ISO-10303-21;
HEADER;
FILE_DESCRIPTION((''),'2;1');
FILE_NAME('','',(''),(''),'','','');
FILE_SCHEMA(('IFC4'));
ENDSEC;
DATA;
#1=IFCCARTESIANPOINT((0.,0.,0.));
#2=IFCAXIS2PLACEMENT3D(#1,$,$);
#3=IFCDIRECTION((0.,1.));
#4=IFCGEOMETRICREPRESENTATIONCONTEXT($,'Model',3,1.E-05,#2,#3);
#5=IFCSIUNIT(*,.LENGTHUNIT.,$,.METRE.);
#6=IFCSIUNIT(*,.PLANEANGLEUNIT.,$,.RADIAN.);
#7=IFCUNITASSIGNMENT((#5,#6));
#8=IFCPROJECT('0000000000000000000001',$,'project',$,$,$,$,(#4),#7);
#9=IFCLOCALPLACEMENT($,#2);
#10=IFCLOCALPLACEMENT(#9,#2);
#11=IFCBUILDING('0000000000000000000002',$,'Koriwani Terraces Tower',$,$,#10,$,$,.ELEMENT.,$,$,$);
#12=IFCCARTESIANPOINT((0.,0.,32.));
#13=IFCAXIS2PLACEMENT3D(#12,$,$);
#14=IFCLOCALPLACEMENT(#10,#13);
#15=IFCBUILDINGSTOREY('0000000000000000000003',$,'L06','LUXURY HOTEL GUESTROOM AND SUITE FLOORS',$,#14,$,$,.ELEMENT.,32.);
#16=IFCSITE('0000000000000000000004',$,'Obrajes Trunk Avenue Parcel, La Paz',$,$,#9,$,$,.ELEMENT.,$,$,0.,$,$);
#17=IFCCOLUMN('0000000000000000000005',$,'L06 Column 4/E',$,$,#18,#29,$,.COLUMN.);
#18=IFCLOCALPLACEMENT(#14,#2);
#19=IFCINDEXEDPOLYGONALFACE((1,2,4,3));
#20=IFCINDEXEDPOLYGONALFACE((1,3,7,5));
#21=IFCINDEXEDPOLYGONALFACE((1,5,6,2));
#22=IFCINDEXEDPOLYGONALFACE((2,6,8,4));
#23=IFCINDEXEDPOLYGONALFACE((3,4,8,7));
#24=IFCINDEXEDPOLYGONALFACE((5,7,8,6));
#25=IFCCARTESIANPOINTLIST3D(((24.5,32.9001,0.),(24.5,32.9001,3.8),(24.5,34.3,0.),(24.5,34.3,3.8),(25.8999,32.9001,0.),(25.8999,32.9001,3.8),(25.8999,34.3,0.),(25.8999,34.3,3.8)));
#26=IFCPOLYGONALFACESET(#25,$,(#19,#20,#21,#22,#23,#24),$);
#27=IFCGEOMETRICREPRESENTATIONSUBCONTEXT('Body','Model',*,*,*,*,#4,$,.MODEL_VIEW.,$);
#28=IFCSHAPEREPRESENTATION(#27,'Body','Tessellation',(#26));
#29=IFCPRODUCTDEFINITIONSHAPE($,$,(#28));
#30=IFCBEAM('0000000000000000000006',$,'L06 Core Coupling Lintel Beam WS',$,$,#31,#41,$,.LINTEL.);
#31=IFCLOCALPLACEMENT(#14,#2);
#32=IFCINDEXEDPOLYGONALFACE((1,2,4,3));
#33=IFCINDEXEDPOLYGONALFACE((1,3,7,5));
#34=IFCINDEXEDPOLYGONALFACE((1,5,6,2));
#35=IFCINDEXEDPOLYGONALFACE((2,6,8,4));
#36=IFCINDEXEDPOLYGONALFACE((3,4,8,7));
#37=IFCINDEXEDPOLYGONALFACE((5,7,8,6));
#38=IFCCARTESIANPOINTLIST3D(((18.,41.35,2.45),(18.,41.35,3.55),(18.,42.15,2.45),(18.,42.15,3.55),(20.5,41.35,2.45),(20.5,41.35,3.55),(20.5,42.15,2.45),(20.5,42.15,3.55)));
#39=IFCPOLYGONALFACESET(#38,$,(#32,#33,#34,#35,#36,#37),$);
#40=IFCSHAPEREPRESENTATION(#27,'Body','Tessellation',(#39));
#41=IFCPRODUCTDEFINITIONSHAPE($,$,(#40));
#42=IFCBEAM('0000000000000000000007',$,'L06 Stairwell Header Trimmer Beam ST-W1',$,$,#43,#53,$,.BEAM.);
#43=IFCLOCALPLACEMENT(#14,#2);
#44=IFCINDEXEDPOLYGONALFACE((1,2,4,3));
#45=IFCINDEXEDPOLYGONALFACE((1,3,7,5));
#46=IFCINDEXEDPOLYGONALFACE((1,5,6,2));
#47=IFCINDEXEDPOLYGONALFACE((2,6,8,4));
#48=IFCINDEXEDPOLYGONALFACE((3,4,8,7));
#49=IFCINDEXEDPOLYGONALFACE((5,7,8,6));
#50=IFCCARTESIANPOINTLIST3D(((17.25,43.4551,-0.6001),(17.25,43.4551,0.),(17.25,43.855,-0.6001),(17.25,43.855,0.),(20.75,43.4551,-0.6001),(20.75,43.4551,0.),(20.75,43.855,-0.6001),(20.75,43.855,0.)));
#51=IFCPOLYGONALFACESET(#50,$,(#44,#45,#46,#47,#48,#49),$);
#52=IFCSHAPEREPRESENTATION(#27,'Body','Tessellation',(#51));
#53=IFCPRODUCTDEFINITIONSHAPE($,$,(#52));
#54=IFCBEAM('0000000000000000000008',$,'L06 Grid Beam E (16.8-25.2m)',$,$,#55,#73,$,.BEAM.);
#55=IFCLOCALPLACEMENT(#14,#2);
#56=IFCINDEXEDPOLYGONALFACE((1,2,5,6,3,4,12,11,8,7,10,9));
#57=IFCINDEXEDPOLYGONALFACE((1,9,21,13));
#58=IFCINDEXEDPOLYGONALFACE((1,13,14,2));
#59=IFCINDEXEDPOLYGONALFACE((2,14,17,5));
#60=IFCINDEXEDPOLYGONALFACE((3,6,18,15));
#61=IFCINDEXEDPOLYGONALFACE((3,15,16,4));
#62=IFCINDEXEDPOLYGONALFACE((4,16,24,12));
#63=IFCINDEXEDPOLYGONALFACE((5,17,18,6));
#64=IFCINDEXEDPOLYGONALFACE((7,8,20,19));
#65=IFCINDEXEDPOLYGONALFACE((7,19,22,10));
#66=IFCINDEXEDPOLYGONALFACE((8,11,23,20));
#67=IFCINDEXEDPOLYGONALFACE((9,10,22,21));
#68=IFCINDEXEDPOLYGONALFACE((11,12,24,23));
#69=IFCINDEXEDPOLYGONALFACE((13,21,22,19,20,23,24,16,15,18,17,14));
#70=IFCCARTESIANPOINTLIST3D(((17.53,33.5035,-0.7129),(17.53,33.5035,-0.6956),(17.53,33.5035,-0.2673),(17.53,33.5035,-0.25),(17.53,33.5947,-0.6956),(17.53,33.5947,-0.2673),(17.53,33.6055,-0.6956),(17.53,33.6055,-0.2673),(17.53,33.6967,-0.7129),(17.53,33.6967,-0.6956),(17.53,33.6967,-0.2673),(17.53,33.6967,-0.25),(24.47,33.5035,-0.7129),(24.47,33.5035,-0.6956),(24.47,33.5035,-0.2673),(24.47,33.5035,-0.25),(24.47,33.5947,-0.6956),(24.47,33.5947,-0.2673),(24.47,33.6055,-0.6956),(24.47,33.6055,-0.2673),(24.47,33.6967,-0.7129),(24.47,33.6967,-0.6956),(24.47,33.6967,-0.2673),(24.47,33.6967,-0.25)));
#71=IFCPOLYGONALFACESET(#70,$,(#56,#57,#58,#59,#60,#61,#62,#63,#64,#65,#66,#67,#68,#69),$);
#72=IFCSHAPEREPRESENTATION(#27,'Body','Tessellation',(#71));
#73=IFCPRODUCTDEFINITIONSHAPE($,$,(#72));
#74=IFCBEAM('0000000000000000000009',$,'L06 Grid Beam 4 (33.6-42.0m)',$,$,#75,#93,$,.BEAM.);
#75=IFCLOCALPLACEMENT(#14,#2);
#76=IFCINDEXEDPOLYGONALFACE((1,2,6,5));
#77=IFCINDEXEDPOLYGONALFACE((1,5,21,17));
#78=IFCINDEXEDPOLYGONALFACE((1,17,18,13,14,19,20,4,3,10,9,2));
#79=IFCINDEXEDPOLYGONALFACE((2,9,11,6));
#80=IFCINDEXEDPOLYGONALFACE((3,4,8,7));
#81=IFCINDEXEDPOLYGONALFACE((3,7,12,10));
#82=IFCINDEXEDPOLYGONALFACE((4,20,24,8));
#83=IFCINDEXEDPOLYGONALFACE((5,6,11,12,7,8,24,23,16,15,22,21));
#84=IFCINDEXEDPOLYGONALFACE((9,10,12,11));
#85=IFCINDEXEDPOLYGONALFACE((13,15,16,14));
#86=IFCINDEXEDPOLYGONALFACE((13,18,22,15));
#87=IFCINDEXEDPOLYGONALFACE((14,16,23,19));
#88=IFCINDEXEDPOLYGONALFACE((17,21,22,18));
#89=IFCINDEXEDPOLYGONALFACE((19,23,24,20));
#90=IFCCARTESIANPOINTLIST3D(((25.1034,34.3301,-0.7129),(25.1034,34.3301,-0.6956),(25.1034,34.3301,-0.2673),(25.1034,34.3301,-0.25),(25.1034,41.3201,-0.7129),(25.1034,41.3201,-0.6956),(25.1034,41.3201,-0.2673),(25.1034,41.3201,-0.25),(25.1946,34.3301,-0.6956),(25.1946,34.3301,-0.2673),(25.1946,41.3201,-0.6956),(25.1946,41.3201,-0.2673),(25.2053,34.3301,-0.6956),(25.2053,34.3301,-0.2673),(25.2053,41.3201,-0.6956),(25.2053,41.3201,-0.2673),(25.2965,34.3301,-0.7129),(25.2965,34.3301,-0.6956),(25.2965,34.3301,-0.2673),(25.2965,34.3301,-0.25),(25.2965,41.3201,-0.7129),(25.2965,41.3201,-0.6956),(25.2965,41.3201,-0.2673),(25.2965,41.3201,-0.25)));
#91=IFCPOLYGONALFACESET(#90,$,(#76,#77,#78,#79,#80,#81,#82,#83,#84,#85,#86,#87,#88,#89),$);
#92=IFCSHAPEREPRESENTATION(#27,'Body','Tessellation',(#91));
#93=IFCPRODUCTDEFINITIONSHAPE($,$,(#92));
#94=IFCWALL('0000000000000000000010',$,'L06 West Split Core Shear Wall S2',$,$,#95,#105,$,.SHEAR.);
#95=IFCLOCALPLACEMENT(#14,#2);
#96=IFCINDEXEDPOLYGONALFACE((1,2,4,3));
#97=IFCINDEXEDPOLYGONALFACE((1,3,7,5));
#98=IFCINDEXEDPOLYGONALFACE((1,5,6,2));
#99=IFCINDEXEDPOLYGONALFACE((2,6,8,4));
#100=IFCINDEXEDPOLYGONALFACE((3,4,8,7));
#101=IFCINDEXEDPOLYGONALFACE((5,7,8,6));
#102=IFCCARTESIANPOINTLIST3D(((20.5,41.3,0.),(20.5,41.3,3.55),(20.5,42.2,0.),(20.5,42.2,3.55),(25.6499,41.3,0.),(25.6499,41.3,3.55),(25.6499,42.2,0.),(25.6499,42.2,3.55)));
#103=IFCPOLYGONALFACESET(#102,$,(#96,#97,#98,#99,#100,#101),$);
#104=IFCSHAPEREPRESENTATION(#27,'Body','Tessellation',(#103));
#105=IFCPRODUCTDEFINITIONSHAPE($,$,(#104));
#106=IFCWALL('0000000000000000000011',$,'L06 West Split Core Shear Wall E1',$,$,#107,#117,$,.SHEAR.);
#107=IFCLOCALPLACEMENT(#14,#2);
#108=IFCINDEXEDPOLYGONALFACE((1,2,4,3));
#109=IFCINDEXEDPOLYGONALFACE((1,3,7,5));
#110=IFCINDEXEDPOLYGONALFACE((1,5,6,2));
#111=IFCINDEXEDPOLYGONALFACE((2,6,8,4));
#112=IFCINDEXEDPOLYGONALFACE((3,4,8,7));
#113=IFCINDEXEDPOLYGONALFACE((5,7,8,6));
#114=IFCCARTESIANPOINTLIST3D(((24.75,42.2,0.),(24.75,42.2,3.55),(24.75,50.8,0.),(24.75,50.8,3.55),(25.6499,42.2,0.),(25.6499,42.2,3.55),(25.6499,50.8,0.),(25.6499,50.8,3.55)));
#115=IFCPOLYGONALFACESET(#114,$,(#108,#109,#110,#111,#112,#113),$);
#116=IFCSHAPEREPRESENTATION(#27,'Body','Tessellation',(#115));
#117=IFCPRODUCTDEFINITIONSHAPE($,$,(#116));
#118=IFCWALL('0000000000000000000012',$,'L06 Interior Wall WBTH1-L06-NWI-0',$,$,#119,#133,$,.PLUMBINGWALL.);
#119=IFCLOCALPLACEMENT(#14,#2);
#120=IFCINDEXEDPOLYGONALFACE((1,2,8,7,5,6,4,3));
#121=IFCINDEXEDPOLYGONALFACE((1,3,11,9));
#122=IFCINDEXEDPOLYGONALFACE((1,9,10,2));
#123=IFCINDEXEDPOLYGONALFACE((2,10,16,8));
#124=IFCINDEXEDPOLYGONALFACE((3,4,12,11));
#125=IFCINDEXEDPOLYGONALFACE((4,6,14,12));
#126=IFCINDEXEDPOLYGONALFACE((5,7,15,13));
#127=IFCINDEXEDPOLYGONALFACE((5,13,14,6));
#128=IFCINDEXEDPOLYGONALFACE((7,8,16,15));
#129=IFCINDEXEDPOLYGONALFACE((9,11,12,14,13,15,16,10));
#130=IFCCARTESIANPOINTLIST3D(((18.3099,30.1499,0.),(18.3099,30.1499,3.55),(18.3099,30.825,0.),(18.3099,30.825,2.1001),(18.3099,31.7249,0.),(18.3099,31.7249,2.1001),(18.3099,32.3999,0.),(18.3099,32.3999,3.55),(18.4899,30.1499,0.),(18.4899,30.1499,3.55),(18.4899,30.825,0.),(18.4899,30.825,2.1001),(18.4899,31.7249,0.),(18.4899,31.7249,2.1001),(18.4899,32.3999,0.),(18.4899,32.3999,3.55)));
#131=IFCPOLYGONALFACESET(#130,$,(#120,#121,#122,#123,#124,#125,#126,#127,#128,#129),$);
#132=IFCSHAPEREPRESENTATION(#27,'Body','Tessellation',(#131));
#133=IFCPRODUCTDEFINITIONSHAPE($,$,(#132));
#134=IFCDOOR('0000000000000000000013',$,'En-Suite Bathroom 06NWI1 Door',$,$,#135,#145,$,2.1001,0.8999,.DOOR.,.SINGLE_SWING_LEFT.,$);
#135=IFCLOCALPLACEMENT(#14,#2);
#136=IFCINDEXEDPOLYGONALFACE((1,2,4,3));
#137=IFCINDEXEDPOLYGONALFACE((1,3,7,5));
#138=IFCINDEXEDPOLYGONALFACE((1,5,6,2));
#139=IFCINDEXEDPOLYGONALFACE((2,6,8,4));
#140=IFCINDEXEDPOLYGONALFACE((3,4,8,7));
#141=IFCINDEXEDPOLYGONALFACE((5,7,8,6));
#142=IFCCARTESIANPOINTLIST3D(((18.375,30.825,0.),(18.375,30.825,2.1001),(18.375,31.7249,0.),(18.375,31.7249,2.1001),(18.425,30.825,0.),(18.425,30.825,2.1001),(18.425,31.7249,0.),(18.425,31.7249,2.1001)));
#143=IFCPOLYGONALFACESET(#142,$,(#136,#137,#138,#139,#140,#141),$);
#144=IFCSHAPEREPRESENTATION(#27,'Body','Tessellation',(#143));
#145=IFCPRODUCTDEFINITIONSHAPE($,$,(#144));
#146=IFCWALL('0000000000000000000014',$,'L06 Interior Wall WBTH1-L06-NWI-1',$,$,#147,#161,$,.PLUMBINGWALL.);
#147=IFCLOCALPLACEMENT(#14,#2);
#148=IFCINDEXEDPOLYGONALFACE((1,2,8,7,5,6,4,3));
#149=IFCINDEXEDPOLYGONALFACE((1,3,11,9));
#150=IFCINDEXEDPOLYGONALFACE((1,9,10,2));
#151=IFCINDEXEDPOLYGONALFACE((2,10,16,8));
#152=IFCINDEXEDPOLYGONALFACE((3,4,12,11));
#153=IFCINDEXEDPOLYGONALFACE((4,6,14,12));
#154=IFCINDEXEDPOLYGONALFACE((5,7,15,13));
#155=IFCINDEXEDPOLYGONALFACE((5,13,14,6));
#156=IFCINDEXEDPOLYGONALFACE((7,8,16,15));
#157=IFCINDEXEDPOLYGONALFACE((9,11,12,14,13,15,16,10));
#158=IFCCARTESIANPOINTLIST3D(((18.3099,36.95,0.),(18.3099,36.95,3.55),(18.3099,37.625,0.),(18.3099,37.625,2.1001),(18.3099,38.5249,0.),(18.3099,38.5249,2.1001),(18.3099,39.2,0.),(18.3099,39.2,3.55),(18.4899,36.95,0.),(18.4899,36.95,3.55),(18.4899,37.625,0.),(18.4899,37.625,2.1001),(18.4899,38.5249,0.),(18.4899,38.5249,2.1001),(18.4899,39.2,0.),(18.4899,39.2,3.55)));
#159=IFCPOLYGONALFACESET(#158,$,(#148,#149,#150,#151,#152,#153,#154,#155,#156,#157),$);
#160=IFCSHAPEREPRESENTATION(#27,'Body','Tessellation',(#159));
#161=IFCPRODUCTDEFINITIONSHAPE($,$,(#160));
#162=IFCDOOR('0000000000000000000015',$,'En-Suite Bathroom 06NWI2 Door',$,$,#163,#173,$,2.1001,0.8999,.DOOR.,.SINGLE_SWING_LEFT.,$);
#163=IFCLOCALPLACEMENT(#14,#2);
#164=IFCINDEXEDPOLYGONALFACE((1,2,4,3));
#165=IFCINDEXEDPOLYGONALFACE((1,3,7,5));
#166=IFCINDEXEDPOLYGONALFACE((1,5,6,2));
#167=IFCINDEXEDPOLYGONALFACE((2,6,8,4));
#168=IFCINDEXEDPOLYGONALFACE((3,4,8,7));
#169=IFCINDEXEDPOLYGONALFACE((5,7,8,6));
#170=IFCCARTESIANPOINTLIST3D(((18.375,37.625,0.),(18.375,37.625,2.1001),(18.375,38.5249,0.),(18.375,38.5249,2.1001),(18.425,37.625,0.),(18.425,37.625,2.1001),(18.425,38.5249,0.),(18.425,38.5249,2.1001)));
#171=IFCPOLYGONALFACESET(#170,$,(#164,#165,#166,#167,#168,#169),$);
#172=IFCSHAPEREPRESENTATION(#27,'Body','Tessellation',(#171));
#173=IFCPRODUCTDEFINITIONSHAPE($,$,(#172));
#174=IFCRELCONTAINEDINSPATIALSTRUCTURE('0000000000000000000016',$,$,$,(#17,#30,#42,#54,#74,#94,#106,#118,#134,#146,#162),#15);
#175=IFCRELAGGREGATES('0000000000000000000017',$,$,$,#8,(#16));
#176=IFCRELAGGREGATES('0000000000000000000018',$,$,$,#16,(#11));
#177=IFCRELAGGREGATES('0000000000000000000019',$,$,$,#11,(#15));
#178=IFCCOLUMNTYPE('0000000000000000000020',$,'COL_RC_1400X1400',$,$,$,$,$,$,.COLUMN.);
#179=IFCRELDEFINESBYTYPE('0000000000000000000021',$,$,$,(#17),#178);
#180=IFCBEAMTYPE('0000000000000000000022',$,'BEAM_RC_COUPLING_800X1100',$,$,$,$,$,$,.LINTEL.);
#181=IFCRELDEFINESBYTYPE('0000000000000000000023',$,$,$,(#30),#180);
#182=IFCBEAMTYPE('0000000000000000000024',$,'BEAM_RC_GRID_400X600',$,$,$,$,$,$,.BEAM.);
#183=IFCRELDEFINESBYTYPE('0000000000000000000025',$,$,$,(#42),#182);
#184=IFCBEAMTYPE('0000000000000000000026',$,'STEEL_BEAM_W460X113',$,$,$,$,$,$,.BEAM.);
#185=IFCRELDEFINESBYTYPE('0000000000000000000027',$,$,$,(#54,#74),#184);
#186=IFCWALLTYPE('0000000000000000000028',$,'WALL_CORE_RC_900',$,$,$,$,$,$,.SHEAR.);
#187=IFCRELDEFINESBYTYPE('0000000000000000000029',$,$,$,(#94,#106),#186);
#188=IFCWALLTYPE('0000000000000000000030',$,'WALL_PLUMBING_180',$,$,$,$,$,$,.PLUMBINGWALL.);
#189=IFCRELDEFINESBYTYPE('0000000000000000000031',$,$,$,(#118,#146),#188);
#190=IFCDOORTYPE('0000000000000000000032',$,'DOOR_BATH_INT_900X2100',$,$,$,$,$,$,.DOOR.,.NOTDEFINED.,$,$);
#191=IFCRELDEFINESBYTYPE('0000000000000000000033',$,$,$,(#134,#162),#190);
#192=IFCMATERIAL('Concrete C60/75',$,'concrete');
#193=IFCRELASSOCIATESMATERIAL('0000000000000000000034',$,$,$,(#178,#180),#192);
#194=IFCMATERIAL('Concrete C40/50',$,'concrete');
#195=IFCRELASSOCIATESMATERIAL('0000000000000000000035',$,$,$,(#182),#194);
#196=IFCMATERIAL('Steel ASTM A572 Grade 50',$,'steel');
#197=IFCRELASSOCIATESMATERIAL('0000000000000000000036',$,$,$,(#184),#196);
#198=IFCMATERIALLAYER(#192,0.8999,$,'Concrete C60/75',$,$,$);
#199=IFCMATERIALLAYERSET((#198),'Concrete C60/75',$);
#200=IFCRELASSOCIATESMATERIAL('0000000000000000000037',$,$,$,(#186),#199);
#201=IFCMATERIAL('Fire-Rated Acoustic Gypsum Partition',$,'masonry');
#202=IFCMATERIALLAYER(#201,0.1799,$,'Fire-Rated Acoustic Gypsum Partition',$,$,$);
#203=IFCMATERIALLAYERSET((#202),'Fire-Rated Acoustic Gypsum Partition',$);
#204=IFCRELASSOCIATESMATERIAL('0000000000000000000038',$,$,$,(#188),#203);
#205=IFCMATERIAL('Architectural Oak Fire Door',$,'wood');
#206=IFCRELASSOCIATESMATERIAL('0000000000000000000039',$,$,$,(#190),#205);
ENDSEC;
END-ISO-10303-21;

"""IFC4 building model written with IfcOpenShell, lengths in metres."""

from ifc_helpers import new_model, si_unit, direction, frame, frame_2d, origin, origin_2d, place, context, subcontext, project, spatial, rectangle, i_section, extrude, material, layer, layer_set, material_profile, profile_set, type_object, element, fill, save


model = new_model("IFC4")

# Units and contexts
model_context = context("Model", 3, precision=1e-05, world=origin(), true_north=direction((0.0, 1.0)))
body_context = subcontext(model_context, "Body", "Model", "MODEL_VIEW")
ifc_project = project(units=[si_unit("LENGTHUNIT", "METRE"), si_unit("PLANEANGLEUNIT", "RADIAN")], contexts=[model_context])

# Site, building, storey
site_placement = place(None, origin())
site = spatial("IfcSite", under=ifc_project, at=site_placement, Name="Obrajes Trunk Avenue Parcel, La Paz", CompositionType="ELEMENT", RefElevation=0.0)
building_placement = place(site_placement, origin())
building = spatial("IfcBuilding", under=site, at=building_placement, Name="Koriwani Terraces Tower", CompositionType="ELEMENT")
storey_placement = place(building_placement, frame((0.0, 0.0, 32.0)))
storey = spatial("IfcBuildingStorey", under=building, at=storey_placement, Name="L06", Description="LUXURY HOTEL GUESTROOM AND SUITE FLOORS", CompositionType="ELEMENT", Elevation=32.0)

# Column
ifc_material_1 = material(Name="Concrete C60/75", Category="concrete")
ifc_material_profile_1 = material_profile(ifc_material_1, rectangle(XDim=1.3999, YDim=1.3999, at=origin_2d()), Name="Concrete C60/75", Category="LoadBearing")
ifc_profile_set_1 = profile_set([ifc_material_profile_1], Name="Concrete C60/75")
column_type = type_object("IfcColumnType", Name="COL_RC_1400X1400", PredefinedType="COLUMN", material=ifc_profile_set_1)
column_placement = place(storey_placement, frame((25.2, 33.6001, 0.0), z_axis=(0.0, 0.0, 1.0), x_axis=(1.0, 0.0, 0.0)))
element("IfcColumn", 1, at=column_placement, inside=storey, type_object=column_type, Name="L06 Column 4/E", PredefinedType="COLUMN", context=body_context, shape_type="SweptSolid", body=[
    extrude(rectangle(XDim=1.3999, YDim=1.3999, at=origin_2d()), origin(), (0.0, 0.0, 1.0), 3.8),
])

# Beams
ifc_material_profile_2 = material_profile(ifc_material_1, rectangle(XDim=0.8, YDim=1.1001, at=origin_2d()), Name="Concrete C60/75", Category="LoadBearing")
ifc_profile_set_2 = profile_set([ifc_material_profile_2], Name="Concrete C60/75")
beam_type_1 = type_object("IfcBeamType", Name="BEAM_RC_COUPLING_800X1100", PredefinedType="LINTEL", material=ifc_profile_set_2)
beam_1_placement = place(storey_placement, frame((18.0, 41.75, 3.0), z_axis=(1.0, 0.0, 0.0), x_axis=(0.0, 1.0, 0.0)))
element("IfcBeam", 2, at=beam_1_placement, inside=storey, type_object=beam_type_1, Name="L06 Core Coupling Lintel Beam WS", PredefinedType="LINTEL", context=body_context, shape_type="SweptSolid", body=[
    extrude(rectangle(XDim=0.8, YDim=1.1001, at=origin_2d()), origin(), (0.0, 0.0, 1.0), 2.5),
])
ifc_material_2 = material(Name="Concrete C40/50", Category="concrete")
ifc_material_profile_3 = material_profile(ifc_material_2, rectangle(XDim=0.3999, YDim=0.6001, at=origin_2d()), Name="Concrete C40/50", Category="LoadBearing")
ifc_profile_set_3 = profile_set([ifc_material_profile_3], Name="Concrete C40/50")
beam_type_2 = type_object("IfcBeamType", Name="BEAM_RC_GRID_400X600", PredefinedType="BEAM", material=ifc_profile_set_3)
beam_2_placement = place(storey_placement, frame((17.25, 43.655, -0.3), z_axis=(1.0, 0.0, 0.0), x_axis=(0.0, 1.0, 0.0)))
element("IfcBeam", 3, at=beam_2_placement, inside=storey, type_object=beam_type_2, Name="L06 Stairwell Header Trimmer Beam ST-W1", PredefinedType="BEAM", context=body_context, shape_type="SweptSolid", body=[
    extrude(rectangle(XDim=0.3999, YDim=0.6001, at=origin_2d()), origin(), (0.0, 0.0, 1.0), 3.5),
])
ifc_material_3 = material(Name="Steel ASTM A572 Grade 50", Category="steel")
ifc_material_profile_4 = material_profile(ifc_material_3, i_section(OverallWidth=0.1931, OverallDepth=0.4629, WebThickness=0.0107, FlangeThickness=0.0173, at=origin_2d()), Name="Steel ASTM A572 Grade 50", Category="LoadBearing")
ifc_profile_set_4 = profile_set([ifc_material_profile_4], Name="Steel ASTM A572 Grade 50")
beam_type_3 = type_object("IfcBeamType", Name="STEEL_BEAM_W460X113", PredefinedType="BEAM", material=ifc_profile_set_4)
beam_3_placement = place(storey_placement, frame((17.53, 33.6001, -0.4814), z_axis=(1.0, 0.0, 0.0), x_axis=(0.0, 1.0, 0.0)))
element("IfcBeam", 4, at=beam_3_placement, inside=storey, type_object=beam_type_3, Name="L06 Grid Beam E (16.8-25.2m)", PredefinedType="BEAM", context=body_context, shape_type="SweptSolid", body=[
    extrude(i_section(OverallWidth=0.1931, OverallDepth=0.4629, WebThickness=0.0107, FlangeThickness=0.0173, at=origin_2d()), origin(), (0.0, 0.0, 1.0), 6.9399),
])
beam_4_placement = place(storey_placement, frame((25.2, 34.3301, -0.4814), z_axis=(0.0, 1.0, 0.0), x_axis=(-1.0, 0.0, 0.0)))
element("IfcBeam", 5, at=beam_4_placement, inside=storey, type_object=beam_type_3, Name="L06 Grid Beam 4 (33.6-42.0m)", PredefinedType="BEAM", context=body_context, shape_type="SweptSolid", body=[
    extrude(i_section(OverallWidth=0.1931, OverallDepth=0.4629, WebThickness=0.0107, FlangeThickness=0.0173, at=origin_2d()), origin(), (0.0, 0.0, 1.0), 6.99),
])

# Walls
ifc_layer_1 = layer(ifc_material_1, 0.8999, Name="Concrete C60/75")
ifc_layer_set_1 = layer_set([ifc_layer_1], Name="Concrete C60/75")
wall_type_1 = type_object("IfcWallType", Name="WALL_CORE_RC_900", PredefinedType="SHEAR", material=ifc_layer_set_1)
wall_1_placement = place(storey_placement, frame((20.5, 41.75, 0.0), z_axis=(0.0, 0.0, 1.0), x_axis=(1.0, 0.0, 0.0)))
element("IfcWall", 6, at=wall_1_placement, inside=storey, type_object=wall_type_1, Name="L06 West Split Core Shear Wall S2", PredefinedType="SHEAR", context=body_context, shape_type="SweptSolid", body=[
    extrude(rectangle(XDim=5.1499, YDim=0.8999, at=frame_2d((2.575, 0.0))), origin(), (0.0, 0.0, 1.0), 3.55),
])
wall_2_placement = place(storey_placement, frame((25.2, 42.2, 0.0), z_axis=(0.0, 0.0, 1.0), x_axis=(0.0, 1.0, 0.0)))
element("IfcWall", 7, at=wall_2_placement, inside=storey, type_object=wall_type_1, Name="L06 West Split Core Shear Wall E1", PredefinedType="SHEAR", context=body_context, shape_type="SweptSolid", body=[
    extrude(rectangle(XDim=8.6001, YDim=0.8999, at=frame_2d((4.3, 0.0))), origin(), (0.0, 0.0, 1.0), 3.55),
])

# Walls, openings, doors
ifc_material_4 = material(Name="Fire-Rated Acoustic Gypsum Partition", Category="masonry")
ifc_layer_2 = layer(ifc_material_4, 0.1799, Name="Fire-Rated Acoustic Gypsum Partition")
ifc_layer_set_2 = layer_set([ifc_layer_2], Name="Fire-Rated Acoustic Gypsum Partition")
wall_type_2 = type_object("IfcWallType", Name="WALL_PLUMBING_180", PredefinedType="PLUMBINGWALL", material=ifc_layer_set_2)
wall_3_placement = place(storey_placement, frame((18.3999, 30.1499, 0.0), z_axis=(0.0, 0.0, 1.0), x_axis=(0.0, 1.0, 0.0)))
wall_3 = element("IfcWall", 8, at=wall_3_placement, inside=storey, type_object=wall_type_2, Name="L06 Interior Wall WBTH1-L06-NWI-0", PredefinedType="PLUMBINGWALL", context=body_context, shape_type="SweptSolid", body=[
    extrude(rectangle(XDim=2.25, YDim=0.1799, at=frame_2d((1.125, 0.0))), origin(), (0.0, 0.0, 1.0), 3.55),
])
opening_1_placement = place(wall_3_placement, frame((0.675, 0.0, 0.0)))
opening_1 = element("IfcOpeningElement", 9, at=opening_1_placement, cuts=wall_3, PredefinedType="OPENING", context=body_context, shape_type="SweptSolid", body=[
    extrude(rectangle(XDim=0.8999, YDim=2.1001, at=frame_2d((0.45, 1.05))), frame((0.0, 0.1001, 0.0), z_axis=(0.0, -1.0, 0.0), x_axis=(1.0, 0.0, 0.0)), (0.0, 0.0, 1.0), 0.2),
])
ifc_material_5 = material(Name="Architectural Oak Fire Door", Category="wood")
door_type_1 = type_object("IfcDoorType", Name="DOOR_BATH_INT_900X2100", OperationType="NOTDEFINED", PredefinedType="DOOR", material=ifc_material_5)
door_1_placement = place(opening_1_placement, origin())
door_1 = element("IfcDoor", 10, at=door_1_placement, inside=storey, type_object=door_type_1, Name="En-Suite Bathroom 06NWI1 Door", OperationType="SINGLE_SWING_LEFT", OverallHeight=2.1001, OverallWidth=0.8999, PredefinedType="DOOR", context=body_context, shape_type="SweptSolid", body=[
    extrude(rectangle(XDim=0.8999, YDim=2.1001, at=frame_2d((0.45, 1.05))), frame((0.0, 0.0249, 0.0), z_axis=(0.0, -1.0, 0.0), x_axis=(1.0, 0.0, 0.0)), (0.0, 0.0, 1.0), 0.05),
])
fill(opening_1, door_1)
wall_4_placement = place(storey_placement, frame((18.3999, 36.95, 0.0), z_axis=(0.0, 0.0, 1.0), x_axis=(0.0, 1.0, 0.0)))
wall_4 = element("IfcWall", 11, at=wall_4_placement, inside=storey, type_object=wall_type_2, Name="L06 Interior Wall WBTH1-L06-NWI-1", PredefinedType="PLUMBINGWALL", context=body_context, shape_type="SweptSolid", body=[
    extrude(rectangle(XDim=2.25, YDim=0.1799, at=frame_2d((1.125, 0.0))), origin(), (0.0, 0.0, 1.0), 3.55),
])
opening_2_placement = place(wall_4_placement, frame((0.675, 0.0, 0.0)))
opening_2 = element("IfcOpeningElement", 12, at=opening_2_placement, cuts=wall_4, PredefinedType="OPENING", context=body_context, shape_type="SweptSolid", body=[
    extrude(rectangle(XDim=0.8999, YDim=2.1001, at=frame_2d((0.45, 1.05))), frame((0.0, 0.1001, 0.0), z_axis=(0.0, -1.0, 0.0), x_axis=(1.0, 0.0, 0.0)), (0.0, 0.0, 1.0), 0.2),
])
door_2_placement = place(opening_2_placement, origin())
door_2 = element("IfcDoor", 13, at=door_2_placement, inside=storey, type_object=door_type_1, Name="En-Suite Bathroom 06NWI2 Door", OperationType="SINGLE_SWING_LEFT", OverallHeight=2.1001, OverallWidth=0.8999, PredefinedType="DOOR", context=body_context, shape_type="SweptSolid", body=[
    extrude(rectangle(XDim=0.8999, YDim=2.1001, at=frame_2d((0.45, 1.05))), frame((0.0, 0.0249, 0.0), z_axis=(0.0, -1.0, 0.0), x_axis=(1.0, 0.0, 0.0)), (0.0, 0.0, 1.0), 0.05),
])
fill(opening_2, door_2)

save(model, "model.ifc")
